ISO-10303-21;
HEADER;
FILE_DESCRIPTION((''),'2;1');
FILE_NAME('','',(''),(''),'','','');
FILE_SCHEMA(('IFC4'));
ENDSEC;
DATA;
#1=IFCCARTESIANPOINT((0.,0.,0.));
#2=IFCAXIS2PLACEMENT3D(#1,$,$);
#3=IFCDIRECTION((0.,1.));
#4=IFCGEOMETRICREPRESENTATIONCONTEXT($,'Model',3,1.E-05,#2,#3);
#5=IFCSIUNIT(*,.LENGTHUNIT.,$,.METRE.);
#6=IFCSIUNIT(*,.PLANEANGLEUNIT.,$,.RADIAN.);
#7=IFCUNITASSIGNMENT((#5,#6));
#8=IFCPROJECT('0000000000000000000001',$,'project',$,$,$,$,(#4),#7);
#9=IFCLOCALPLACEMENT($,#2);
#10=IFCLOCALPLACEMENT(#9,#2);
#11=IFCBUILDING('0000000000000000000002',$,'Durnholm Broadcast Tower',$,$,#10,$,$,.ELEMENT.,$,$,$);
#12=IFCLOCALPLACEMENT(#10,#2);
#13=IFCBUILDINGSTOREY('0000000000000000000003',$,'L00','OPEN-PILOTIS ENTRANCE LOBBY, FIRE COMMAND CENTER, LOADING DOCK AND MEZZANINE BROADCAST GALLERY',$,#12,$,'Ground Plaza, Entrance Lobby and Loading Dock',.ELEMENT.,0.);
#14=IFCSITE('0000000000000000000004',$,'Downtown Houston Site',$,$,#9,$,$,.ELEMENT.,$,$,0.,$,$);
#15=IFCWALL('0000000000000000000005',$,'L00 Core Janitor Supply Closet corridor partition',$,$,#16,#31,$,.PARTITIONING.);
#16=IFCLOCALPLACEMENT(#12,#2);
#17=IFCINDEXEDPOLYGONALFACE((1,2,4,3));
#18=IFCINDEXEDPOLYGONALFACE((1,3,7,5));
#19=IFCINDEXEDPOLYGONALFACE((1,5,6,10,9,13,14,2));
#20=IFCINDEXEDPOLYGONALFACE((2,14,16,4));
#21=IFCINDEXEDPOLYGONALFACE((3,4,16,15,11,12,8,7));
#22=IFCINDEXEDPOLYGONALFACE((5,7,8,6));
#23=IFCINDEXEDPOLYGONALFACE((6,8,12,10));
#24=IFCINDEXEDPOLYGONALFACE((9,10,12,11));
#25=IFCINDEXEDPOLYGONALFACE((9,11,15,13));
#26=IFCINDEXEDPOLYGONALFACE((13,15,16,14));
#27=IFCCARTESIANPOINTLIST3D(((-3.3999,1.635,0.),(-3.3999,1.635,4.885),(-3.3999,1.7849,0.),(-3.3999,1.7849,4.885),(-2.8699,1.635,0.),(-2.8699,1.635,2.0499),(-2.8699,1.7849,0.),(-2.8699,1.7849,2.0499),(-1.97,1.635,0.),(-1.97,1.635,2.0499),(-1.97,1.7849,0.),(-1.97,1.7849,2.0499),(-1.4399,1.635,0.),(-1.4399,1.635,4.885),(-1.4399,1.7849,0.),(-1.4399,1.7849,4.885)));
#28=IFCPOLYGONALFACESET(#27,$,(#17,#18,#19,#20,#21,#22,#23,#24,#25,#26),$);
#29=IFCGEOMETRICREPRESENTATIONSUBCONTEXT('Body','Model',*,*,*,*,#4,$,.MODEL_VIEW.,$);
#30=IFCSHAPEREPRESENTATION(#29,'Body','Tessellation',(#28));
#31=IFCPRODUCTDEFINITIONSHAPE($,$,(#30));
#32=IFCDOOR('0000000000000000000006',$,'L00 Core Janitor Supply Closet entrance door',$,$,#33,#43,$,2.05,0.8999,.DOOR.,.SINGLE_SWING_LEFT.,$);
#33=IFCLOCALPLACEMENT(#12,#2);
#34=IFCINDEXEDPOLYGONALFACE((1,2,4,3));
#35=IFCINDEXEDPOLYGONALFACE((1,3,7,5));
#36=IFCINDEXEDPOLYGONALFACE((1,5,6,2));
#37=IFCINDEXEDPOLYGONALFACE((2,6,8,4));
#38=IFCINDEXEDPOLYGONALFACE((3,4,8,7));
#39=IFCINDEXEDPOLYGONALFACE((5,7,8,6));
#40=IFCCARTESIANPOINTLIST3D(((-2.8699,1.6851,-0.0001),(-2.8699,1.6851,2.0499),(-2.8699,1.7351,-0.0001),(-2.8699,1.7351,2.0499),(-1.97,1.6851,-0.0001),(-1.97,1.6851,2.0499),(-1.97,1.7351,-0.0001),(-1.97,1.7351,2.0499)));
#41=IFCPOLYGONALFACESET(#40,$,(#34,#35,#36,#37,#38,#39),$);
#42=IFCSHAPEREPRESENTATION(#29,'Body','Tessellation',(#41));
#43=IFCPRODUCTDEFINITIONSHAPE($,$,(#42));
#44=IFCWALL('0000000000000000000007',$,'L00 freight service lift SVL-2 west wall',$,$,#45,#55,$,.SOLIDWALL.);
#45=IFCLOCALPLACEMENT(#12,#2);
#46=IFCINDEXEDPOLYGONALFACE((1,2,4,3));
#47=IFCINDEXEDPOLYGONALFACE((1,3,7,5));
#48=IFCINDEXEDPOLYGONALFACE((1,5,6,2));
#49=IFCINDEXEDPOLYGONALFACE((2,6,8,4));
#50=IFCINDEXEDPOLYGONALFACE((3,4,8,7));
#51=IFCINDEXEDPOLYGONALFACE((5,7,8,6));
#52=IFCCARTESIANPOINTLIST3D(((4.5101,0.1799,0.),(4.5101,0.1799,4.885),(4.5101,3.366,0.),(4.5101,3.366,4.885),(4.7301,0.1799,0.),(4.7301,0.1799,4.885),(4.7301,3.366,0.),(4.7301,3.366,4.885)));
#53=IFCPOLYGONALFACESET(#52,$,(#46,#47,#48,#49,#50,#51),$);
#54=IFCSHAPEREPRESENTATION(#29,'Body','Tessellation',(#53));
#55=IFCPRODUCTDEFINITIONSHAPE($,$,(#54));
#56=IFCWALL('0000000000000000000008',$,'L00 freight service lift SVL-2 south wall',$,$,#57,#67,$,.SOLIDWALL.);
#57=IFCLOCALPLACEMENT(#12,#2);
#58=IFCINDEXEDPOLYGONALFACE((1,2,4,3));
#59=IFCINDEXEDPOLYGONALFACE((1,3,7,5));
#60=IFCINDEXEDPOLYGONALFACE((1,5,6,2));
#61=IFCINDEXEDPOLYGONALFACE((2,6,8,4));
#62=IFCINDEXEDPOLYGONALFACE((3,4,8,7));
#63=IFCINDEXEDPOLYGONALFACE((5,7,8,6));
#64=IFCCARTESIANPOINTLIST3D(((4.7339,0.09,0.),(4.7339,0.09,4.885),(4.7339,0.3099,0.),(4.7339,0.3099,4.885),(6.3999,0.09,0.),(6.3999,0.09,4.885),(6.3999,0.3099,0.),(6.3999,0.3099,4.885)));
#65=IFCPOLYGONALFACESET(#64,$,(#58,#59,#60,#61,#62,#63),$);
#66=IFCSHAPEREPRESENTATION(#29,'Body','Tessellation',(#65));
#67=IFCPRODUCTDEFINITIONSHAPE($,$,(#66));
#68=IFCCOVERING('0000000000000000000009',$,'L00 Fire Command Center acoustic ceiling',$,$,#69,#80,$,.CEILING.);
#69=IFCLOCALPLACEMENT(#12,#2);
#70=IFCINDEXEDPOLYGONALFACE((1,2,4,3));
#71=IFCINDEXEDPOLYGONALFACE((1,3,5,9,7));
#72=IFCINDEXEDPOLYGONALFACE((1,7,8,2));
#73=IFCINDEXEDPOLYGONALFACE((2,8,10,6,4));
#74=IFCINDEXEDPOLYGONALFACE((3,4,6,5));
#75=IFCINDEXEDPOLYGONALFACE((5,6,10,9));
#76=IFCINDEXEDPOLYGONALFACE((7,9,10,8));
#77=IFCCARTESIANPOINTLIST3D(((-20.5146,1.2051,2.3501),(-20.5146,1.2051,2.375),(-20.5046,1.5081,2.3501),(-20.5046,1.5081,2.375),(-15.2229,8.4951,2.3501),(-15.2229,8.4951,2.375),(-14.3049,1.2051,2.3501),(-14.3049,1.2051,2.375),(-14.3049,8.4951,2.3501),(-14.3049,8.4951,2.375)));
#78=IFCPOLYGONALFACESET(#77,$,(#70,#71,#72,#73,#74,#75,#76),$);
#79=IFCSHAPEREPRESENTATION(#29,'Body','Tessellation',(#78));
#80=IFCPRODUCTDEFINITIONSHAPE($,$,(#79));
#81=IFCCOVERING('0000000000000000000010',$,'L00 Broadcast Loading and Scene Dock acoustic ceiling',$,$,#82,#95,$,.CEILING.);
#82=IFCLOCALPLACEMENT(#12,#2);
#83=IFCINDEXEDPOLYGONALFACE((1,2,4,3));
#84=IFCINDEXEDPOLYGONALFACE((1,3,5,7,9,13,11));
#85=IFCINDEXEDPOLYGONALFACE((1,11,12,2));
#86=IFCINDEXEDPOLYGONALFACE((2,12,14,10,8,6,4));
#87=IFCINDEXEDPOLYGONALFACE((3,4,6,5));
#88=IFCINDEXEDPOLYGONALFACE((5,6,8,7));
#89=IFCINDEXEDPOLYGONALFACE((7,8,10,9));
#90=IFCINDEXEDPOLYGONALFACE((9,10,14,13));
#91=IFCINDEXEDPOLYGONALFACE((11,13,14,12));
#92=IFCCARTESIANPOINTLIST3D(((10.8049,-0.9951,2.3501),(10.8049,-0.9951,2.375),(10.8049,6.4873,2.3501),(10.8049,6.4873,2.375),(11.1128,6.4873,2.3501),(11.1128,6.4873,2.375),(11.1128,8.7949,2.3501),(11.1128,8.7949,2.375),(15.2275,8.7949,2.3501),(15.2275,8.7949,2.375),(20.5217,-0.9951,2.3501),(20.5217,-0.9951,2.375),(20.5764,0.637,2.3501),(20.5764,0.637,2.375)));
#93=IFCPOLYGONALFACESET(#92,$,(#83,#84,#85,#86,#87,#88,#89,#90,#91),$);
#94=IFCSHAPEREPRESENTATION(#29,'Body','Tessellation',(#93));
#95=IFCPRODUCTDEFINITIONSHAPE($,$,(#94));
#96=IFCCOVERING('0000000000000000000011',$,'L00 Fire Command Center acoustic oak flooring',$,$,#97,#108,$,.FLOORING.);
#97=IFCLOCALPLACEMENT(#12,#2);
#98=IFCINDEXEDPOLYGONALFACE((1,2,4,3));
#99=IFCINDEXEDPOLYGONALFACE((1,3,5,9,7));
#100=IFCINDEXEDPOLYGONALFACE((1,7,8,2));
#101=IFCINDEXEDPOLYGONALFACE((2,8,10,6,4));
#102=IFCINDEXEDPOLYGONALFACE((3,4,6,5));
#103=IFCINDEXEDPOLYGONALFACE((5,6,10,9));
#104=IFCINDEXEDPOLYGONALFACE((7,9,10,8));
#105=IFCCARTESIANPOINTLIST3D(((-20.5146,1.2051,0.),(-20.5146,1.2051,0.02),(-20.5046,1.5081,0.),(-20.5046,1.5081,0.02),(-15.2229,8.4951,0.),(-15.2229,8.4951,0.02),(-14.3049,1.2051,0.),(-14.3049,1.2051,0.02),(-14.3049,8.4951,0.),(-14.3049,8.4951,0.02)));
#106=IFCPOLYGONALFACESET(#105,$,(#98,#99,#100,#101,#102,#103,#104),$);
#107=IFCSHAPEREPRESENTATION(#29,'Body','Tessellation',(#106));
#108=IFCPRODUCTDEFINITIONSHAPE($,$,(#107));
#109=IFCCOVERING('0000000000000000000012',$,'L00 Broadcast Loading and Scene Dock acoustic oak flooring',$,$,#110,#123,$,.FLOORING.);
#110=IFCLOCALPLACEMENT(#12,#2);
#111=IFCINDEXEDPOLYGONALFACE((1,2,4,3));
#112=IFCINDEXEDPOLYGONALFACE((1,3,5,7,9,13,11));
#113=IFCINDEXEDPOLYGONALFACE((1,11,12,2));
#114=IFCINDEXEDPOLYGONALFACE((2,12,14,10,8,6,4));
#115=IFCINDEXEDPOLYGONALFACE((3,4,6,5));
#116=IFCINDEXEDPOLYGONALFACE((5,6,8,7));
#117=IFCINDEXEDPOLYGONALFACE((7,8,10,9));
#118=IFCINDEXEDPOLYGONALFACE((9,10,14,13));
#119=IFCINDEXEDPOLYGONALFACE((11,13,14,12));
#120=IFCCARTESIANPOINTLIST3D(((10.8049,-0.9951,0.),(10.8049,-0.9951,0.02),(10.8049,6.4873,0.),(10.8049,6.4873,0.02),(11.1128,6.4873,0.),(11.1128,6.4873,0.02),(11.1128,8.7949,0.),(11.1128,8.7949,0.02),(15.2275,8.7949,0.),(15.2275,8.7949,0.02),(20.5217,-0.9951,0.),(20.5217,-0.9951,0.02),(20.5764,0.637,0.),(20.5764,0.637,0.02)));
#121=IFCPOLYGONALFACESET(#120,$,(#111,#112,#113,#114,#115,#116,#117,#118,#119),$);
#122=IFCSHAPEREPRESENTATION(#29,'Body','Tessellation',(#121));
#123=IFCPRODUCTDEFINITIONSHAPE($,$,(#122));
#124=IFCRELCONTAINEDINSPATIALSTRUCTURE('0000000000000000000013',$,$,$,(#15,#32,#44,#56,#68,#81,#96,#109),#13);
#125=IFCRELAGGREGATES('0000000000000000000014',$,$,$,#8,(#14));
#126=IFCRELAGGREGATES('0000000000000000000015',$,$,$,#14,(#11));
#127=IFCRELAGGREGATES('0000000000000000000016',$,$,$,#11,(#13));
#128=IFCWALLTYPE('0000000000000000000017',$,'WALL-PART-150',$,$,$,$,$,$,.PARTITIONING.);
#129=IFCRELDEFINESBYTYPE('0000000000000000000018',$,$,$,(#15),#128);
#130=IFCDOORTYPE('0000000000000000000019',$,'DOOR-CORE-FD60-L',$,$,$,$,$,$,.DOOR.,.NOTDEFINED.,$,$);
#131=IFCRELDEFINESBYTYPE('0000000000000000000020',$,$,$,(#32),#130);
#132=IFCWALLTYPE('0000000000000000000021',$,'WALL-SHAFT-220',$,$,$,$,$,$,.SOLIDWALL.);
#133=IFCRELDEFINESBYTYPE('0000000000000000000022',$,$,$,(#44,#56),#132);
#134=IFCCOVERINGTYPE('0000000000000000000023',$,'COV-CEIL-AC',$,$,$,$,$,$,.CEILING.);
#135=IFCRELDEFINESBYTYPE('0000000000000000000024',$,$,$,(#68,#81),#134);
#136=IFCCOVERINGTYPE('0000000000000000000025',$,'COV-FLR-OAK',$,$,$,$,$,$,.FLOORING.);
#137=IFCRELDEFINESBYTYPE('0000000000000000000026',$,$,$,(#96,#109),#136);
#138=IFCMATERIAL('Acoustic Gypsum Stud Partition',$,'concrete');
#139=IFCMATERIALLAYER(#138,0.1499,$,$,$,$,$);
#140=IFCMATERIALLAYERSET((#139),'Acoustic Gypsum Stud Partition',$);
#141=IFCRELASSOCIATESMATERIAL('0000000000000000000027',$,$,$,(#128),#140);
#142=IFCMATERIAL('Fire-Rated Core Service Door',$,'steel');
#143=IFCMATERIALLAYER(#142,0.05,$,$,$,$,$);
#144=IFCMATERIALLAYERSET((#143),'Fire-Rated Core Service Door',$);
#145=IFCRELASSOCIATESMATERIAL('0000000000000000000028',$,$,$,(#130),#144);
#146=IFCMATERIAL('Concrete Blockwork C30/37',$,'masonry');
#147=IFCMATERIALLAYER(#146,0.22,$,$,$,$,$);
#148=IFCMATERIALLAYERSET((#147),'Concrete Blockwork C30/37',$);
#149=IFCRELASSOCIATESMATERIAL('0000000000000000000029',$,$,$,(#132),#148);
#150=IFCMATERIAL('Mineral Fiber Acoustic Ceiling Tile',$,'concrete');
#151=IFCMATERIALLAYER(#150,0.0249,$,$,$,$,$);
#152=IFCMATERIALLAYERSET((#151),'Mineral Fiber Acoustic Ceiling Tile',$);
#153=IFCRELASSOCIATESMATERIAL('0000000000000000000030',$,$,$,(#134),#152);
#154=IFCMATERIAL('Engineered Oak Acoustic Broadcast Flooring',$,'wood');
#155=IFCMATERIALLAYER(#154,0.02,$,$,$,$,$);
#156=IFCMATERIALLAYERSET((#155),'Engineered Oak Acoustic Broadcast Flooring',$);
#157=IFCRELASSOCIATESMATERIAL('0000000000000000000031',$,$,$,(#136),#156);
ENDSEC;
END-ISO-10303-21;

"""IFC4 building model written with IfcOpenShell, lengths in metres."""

from ifc_helpers import new_model, si_unit, direction, frame, frame_2d, origin, place, context, subcontext, project, spatial, polyline, rectangle, outline, extrude, source, transform, mapped, material, layer, layer_set, type_object, type_shapes, element, fill, save


model = new_model("IFC4")

# Units and contexts
model_context = context("Model", 3, precision=1e-05, world=origin(), true_north=direction((0.0, 1.0)))
body_context = subcontext(model_context, "Body", "Model", "MODEL_VIEW")
ifc_project = project(units=[si_unit("LENGTHUNIT", "METRE"), si_unit("PLANEANGLEUNIT", "RADIAN")], contexts=[model_context])

# Site, building, storey
site_placement = place(None, origin())
site = spatial("IfcSite", under=ifc_project, at=site_placement, Name="Downtown Houston Site", CompositionType="ELEMENT", RefElevation=0.0)
building_placement = place(site_placement, origin())
building = spatial("IfcBuilding", under=site, at=building_placement, Name="Durnholm Broadcast Tower", CompositionType="ELEMENT")
storey_placement = place(building_placement, origin())
storey = spatial("IfcBuildingStorey", under=building, at=storey_placement, Name="L00", Description="OPEN-PILOTIS ENTRANCE LOBBY, FIRE COMMAND CENTER, LOADING DOCK AND MEZZANINE BROADCAST GALLERY", LongName="Ground Plaza, Entrance Lobby and Loading Dock", CompositionType="ELEMENT", Elevation=0.0)

# Wall, opening, door
ifc_material_1 = material(Name="Fire-Rated Core Service Door", Category="steel")
ifc_material_2 = material(Name="Acoustic Gypsum Stud Partition", Category="concrete")
ifc_layer_1 = layer(ifc_material_2, 0.1499)
ifc_layer_set_1 = layer_set([ifc_layer_1], Name="Acoustic Gypsum Stud Partition")
wall_type_1 = type_object("IfcWallType", Name="WALL-PART-150", PredefinedType="PARTITIONING", material=ifc_layer_set_1)
wall_1_placement = place(storey_placement, frame((-1.4399, 1.71, 0.0), z_axis=(0.0, 0.0, 1.0), x_axis=(-1.0, 0.0, 0.0)))
wall_1 = element("IfcWall", 1, at=wall_1_placement, inside=storey, type_object=wall_type_1, Name="L00 Core Janitor Supply Closet corridor partition", PredefinedType="PARTITIONING", context=body_context, shape_type="SweptSolid", body=[
    extrude(rectangle(XDim=1.96, YDim=0.1499, at=frame_2d((0.98, 0.0))), origin(), (0.0, 0.0, 1.0), 4.885),
])
opening_1_placement = place(wall_1_placement, frame((0.53, 0.0, 0.0)))
opening_1 = element("IfcOpeningElement", 2, at=opening_1_placement, cuts=wall_1, PredefinedType="OPENING", context=body_context, shape_type="SweptSolid", body=[
    extrude(rectangle(XDim=0.8999, YDim=2.05, at=frame_2d((0.45, 1.0249))), frame((0.0, 0.085, 0.0), z_axis=(0.0, -1.0, 0.0), x_axis=(1.0, 0.0, 0.0)), (0.0, 0.0, 1.0), 0.1699),
])
ifc_layer_2 = layer(ifc_material_1, 0.05)
ifc_layer_set_2 = layer_set([ifc_layer_2], Name="Fire-Rated Core Service Door")
door_type_1 = type_object("IfcDoorType", Name="DOOR-CORE-FD60-L", OperationType="NOTDEFINED", PredefinedType="DOOR", material=ifc_layer_set_2)
shared_shape_1 = source(origin(), body_context, "Body", "SweptSolid", [
    extrude(rectangle(XDim=0.8999, YDim=2.05, at=frame_2d((0.45, 1.0249))), frame((0.0, 0.0249, 0.0), z_axis=(0.0, -1.0, 0.0), x_axis=(1.0, 0.0, 0.0)), (0.0, 0.0, 1.0), 0.05),
])
type_shapes(door_type_1, [shared_shape_1])
door_1_placement = place(opening_1_placement, origin())
door_1 = element("IfcDoor", 3, at=door_1_placement, inside=storey, type_object=door_type_1, Name="L00 Core Janitor Supply Closet entrance door", OperationType="SINGLE_SWING_LEFT", OverallHeight=2.05, OverallWidth=0.8999, PredefinedType="DOOR", context=body_context, shape_type="MappedRepresentation", body=[
    mapped(shared_shape_1, transform((0.0, 0.0, 0.0), x_axis=(1.0, 0.0, 0.0), y_axis=(0.0, 1.0, 0.0), z_axis=(0.0, 0.0, 1.0), scale=1.0)),
])
fill(opening_1, door_1)

# Walls
ifc_material_3 = material(Name="Concrete Blockwork C30/37", Category="masonry")
ifc_layer_3 = layer(ifc_material_3, 0.22)
ifc_layer_set_3 = layer_set([ifc_layer_3], Name="Concrete Blockwork C30/37")
wall_type_2 = type_object("IfcWallType", Name="WALL-SHAFT-220", PredefinedType="SOLIDWALL", material=ifc_layer_set_3)
wall_2_placement = place(storey_placement, frame((4.6201, 0.1799, 0.0), z_axis=(0.0, 0.0, 1.0), x_axis=(0.0, 1.0, 0.0)))
element("IfcWall", 4, at=wall_2_placement, inside=storey, type_object=wall_type_2, Name="L00 freight service lift SVL-2 west wall", PredefinedType="SOLIDWALL", context=body_context, shape_type="SweptSolid", body=[
    extrude(rectangle(XDim=3.186, YDim=0.22, at=frame_2d((1.593, 0.0))), origin(), (0.0, 0.0, 1.0), 4.885),
])
wall_3_placement = place(storey_placement, frame((4.7339, 0.2, 0.0), z_axis=(0.0, 0.0, 1.0), x_axis=(1.0, 0.0, 0.0)))
element("IfcWall", 5, at=wall_3_placement, inside=storey, type_object=wall_type_2, Name="L00 freight service lift SVL-2 south wall", PredefinedType="SOLIDWALL", context=body_context, shape_type="SweptSolid", body=[
    extrude(rectangle(XDim=1.666, YDim=0.22, at=frame_2d((0.833, 0.0))), origin(), (0.0, 0.0, 1.0), 4.885),
])

# Coverings
ifc_material_4 = material(Name="Mineral Fiber Acoustic Ceiling Tile", Category="concrete")
ifc_layer_4 = layer(ifc_material_4, 0.0249)
ifc_layer_set_4 = layer_set([ifc_layer_4], Name="Mineral Fiber Acoustic Ceiling Tile")
covering_type_1 = type_object("IfcCoveringType", Name="COV-CEIL-AC", PredefinedType="CEILING", material=ifc_layer_set_4)
covering_1_placement = place(storey_placement, frame((0.0, 0.0, 2.3501)))
element("IfcCovering", 6, at=covering_1_placement, inside=storey, type_object=covering_type_1, Name="L00 Fire Command Center acoustic ceiling", PredefinedType="CEILING", context=body_context, shape_type="SweptSolid", body=[
    extrude(outline(polyline([(-14.3049, 1.2051), (-14.3049, 8.4951), (-15.2229, 8.4951), (-20.5046, 1.5081), (-20.5146, 1.2051), (-14.3049, 1.2051)])), origin(), (0.0, 0.0, 1.0), 0.0249),
])
covering_2_placement = place(storey_placement, frame((0.0, 0.0, 2.3501)))
element("IfcCovering", 7, at=covering_2_placement, inside=storey, type_object=covering_type_1, Name="L00 Broadcast Loading and Scene Dock acoustic ceiling", PredefinedType="CEILING", context=body_context, shape_type="SweptSolid", body=[
    extrude(outline(polyline([(11.1128, 8.7949), (11.1128, 6.4873), (10.8049, 6.4873), (10.8049, -0.9951), (20.5217, -0.9951), (20.5764, 0.637), (15.2275, 8.7949), (11.1128, 8.7949)])), origin(), (0.0, 0.0, 1.0), 0.0249),
])
ifc_material_5 = material(Name="Engineered Oak Acoustic Broadcast Flooring", Category="wood")
ifc_layer_5 = layer(ifc_material_5, 0.02)
ifc_layer_set_5 = layer_set([ifc_layer_5], Name="Engineered Oak Acoustic Broadcast Flooring")
covering_type_2 = type_object("IfcCoveringType", Name="COV-FLR-OAK", PredefinedType="FLOORING", material=ifc_layer_set_5)
covering_3_placement = place(storey_placement, origin())
element("IfcCovering", 8, at=covering_3_placement, inside=storey, type_object=covering_type_2, Name="L00 Fire Command Center acoustic oak flooring", PredefinedType="FLOORING", context=body_context, shape_type="SweptSolid", body=[
    extrude(outline(polyline([(-14.3049, 1.2051), (-14.3049, 8.4951), (-15.2229, 8.4951), (-20.5046, 1.5081), (-20.5146, 1.2051), (-14.3049, 1.2051)])), origin(), (0.0, 0.0, 1.0), 0.02),
])
covering_4_placement = place(storey_placement, origin())
element("IfcCovering", 9, at=covering_4_placement, inside=storey, type_object=covering_type_2, Name="L00 Broadcast Loading and Scene Dock acoustic oak flooring", PredefinedType="FLOORING", context=body_context, shape_type="SweptSolid", body=[
    extrude(outline(polyline([(11.1128, 8.7949), (11.1128, 6.4873), (10.8049, 6.4873), (10.8049, -0.9951), (20.5217, -0.9951), (20.5764, 0.637), (15.2275, 8.7949), (11.1128, 8.7949)])), origin(), (0.0, 0.0, 1.0), 0.02),
])

save(model, "model.ifc")
